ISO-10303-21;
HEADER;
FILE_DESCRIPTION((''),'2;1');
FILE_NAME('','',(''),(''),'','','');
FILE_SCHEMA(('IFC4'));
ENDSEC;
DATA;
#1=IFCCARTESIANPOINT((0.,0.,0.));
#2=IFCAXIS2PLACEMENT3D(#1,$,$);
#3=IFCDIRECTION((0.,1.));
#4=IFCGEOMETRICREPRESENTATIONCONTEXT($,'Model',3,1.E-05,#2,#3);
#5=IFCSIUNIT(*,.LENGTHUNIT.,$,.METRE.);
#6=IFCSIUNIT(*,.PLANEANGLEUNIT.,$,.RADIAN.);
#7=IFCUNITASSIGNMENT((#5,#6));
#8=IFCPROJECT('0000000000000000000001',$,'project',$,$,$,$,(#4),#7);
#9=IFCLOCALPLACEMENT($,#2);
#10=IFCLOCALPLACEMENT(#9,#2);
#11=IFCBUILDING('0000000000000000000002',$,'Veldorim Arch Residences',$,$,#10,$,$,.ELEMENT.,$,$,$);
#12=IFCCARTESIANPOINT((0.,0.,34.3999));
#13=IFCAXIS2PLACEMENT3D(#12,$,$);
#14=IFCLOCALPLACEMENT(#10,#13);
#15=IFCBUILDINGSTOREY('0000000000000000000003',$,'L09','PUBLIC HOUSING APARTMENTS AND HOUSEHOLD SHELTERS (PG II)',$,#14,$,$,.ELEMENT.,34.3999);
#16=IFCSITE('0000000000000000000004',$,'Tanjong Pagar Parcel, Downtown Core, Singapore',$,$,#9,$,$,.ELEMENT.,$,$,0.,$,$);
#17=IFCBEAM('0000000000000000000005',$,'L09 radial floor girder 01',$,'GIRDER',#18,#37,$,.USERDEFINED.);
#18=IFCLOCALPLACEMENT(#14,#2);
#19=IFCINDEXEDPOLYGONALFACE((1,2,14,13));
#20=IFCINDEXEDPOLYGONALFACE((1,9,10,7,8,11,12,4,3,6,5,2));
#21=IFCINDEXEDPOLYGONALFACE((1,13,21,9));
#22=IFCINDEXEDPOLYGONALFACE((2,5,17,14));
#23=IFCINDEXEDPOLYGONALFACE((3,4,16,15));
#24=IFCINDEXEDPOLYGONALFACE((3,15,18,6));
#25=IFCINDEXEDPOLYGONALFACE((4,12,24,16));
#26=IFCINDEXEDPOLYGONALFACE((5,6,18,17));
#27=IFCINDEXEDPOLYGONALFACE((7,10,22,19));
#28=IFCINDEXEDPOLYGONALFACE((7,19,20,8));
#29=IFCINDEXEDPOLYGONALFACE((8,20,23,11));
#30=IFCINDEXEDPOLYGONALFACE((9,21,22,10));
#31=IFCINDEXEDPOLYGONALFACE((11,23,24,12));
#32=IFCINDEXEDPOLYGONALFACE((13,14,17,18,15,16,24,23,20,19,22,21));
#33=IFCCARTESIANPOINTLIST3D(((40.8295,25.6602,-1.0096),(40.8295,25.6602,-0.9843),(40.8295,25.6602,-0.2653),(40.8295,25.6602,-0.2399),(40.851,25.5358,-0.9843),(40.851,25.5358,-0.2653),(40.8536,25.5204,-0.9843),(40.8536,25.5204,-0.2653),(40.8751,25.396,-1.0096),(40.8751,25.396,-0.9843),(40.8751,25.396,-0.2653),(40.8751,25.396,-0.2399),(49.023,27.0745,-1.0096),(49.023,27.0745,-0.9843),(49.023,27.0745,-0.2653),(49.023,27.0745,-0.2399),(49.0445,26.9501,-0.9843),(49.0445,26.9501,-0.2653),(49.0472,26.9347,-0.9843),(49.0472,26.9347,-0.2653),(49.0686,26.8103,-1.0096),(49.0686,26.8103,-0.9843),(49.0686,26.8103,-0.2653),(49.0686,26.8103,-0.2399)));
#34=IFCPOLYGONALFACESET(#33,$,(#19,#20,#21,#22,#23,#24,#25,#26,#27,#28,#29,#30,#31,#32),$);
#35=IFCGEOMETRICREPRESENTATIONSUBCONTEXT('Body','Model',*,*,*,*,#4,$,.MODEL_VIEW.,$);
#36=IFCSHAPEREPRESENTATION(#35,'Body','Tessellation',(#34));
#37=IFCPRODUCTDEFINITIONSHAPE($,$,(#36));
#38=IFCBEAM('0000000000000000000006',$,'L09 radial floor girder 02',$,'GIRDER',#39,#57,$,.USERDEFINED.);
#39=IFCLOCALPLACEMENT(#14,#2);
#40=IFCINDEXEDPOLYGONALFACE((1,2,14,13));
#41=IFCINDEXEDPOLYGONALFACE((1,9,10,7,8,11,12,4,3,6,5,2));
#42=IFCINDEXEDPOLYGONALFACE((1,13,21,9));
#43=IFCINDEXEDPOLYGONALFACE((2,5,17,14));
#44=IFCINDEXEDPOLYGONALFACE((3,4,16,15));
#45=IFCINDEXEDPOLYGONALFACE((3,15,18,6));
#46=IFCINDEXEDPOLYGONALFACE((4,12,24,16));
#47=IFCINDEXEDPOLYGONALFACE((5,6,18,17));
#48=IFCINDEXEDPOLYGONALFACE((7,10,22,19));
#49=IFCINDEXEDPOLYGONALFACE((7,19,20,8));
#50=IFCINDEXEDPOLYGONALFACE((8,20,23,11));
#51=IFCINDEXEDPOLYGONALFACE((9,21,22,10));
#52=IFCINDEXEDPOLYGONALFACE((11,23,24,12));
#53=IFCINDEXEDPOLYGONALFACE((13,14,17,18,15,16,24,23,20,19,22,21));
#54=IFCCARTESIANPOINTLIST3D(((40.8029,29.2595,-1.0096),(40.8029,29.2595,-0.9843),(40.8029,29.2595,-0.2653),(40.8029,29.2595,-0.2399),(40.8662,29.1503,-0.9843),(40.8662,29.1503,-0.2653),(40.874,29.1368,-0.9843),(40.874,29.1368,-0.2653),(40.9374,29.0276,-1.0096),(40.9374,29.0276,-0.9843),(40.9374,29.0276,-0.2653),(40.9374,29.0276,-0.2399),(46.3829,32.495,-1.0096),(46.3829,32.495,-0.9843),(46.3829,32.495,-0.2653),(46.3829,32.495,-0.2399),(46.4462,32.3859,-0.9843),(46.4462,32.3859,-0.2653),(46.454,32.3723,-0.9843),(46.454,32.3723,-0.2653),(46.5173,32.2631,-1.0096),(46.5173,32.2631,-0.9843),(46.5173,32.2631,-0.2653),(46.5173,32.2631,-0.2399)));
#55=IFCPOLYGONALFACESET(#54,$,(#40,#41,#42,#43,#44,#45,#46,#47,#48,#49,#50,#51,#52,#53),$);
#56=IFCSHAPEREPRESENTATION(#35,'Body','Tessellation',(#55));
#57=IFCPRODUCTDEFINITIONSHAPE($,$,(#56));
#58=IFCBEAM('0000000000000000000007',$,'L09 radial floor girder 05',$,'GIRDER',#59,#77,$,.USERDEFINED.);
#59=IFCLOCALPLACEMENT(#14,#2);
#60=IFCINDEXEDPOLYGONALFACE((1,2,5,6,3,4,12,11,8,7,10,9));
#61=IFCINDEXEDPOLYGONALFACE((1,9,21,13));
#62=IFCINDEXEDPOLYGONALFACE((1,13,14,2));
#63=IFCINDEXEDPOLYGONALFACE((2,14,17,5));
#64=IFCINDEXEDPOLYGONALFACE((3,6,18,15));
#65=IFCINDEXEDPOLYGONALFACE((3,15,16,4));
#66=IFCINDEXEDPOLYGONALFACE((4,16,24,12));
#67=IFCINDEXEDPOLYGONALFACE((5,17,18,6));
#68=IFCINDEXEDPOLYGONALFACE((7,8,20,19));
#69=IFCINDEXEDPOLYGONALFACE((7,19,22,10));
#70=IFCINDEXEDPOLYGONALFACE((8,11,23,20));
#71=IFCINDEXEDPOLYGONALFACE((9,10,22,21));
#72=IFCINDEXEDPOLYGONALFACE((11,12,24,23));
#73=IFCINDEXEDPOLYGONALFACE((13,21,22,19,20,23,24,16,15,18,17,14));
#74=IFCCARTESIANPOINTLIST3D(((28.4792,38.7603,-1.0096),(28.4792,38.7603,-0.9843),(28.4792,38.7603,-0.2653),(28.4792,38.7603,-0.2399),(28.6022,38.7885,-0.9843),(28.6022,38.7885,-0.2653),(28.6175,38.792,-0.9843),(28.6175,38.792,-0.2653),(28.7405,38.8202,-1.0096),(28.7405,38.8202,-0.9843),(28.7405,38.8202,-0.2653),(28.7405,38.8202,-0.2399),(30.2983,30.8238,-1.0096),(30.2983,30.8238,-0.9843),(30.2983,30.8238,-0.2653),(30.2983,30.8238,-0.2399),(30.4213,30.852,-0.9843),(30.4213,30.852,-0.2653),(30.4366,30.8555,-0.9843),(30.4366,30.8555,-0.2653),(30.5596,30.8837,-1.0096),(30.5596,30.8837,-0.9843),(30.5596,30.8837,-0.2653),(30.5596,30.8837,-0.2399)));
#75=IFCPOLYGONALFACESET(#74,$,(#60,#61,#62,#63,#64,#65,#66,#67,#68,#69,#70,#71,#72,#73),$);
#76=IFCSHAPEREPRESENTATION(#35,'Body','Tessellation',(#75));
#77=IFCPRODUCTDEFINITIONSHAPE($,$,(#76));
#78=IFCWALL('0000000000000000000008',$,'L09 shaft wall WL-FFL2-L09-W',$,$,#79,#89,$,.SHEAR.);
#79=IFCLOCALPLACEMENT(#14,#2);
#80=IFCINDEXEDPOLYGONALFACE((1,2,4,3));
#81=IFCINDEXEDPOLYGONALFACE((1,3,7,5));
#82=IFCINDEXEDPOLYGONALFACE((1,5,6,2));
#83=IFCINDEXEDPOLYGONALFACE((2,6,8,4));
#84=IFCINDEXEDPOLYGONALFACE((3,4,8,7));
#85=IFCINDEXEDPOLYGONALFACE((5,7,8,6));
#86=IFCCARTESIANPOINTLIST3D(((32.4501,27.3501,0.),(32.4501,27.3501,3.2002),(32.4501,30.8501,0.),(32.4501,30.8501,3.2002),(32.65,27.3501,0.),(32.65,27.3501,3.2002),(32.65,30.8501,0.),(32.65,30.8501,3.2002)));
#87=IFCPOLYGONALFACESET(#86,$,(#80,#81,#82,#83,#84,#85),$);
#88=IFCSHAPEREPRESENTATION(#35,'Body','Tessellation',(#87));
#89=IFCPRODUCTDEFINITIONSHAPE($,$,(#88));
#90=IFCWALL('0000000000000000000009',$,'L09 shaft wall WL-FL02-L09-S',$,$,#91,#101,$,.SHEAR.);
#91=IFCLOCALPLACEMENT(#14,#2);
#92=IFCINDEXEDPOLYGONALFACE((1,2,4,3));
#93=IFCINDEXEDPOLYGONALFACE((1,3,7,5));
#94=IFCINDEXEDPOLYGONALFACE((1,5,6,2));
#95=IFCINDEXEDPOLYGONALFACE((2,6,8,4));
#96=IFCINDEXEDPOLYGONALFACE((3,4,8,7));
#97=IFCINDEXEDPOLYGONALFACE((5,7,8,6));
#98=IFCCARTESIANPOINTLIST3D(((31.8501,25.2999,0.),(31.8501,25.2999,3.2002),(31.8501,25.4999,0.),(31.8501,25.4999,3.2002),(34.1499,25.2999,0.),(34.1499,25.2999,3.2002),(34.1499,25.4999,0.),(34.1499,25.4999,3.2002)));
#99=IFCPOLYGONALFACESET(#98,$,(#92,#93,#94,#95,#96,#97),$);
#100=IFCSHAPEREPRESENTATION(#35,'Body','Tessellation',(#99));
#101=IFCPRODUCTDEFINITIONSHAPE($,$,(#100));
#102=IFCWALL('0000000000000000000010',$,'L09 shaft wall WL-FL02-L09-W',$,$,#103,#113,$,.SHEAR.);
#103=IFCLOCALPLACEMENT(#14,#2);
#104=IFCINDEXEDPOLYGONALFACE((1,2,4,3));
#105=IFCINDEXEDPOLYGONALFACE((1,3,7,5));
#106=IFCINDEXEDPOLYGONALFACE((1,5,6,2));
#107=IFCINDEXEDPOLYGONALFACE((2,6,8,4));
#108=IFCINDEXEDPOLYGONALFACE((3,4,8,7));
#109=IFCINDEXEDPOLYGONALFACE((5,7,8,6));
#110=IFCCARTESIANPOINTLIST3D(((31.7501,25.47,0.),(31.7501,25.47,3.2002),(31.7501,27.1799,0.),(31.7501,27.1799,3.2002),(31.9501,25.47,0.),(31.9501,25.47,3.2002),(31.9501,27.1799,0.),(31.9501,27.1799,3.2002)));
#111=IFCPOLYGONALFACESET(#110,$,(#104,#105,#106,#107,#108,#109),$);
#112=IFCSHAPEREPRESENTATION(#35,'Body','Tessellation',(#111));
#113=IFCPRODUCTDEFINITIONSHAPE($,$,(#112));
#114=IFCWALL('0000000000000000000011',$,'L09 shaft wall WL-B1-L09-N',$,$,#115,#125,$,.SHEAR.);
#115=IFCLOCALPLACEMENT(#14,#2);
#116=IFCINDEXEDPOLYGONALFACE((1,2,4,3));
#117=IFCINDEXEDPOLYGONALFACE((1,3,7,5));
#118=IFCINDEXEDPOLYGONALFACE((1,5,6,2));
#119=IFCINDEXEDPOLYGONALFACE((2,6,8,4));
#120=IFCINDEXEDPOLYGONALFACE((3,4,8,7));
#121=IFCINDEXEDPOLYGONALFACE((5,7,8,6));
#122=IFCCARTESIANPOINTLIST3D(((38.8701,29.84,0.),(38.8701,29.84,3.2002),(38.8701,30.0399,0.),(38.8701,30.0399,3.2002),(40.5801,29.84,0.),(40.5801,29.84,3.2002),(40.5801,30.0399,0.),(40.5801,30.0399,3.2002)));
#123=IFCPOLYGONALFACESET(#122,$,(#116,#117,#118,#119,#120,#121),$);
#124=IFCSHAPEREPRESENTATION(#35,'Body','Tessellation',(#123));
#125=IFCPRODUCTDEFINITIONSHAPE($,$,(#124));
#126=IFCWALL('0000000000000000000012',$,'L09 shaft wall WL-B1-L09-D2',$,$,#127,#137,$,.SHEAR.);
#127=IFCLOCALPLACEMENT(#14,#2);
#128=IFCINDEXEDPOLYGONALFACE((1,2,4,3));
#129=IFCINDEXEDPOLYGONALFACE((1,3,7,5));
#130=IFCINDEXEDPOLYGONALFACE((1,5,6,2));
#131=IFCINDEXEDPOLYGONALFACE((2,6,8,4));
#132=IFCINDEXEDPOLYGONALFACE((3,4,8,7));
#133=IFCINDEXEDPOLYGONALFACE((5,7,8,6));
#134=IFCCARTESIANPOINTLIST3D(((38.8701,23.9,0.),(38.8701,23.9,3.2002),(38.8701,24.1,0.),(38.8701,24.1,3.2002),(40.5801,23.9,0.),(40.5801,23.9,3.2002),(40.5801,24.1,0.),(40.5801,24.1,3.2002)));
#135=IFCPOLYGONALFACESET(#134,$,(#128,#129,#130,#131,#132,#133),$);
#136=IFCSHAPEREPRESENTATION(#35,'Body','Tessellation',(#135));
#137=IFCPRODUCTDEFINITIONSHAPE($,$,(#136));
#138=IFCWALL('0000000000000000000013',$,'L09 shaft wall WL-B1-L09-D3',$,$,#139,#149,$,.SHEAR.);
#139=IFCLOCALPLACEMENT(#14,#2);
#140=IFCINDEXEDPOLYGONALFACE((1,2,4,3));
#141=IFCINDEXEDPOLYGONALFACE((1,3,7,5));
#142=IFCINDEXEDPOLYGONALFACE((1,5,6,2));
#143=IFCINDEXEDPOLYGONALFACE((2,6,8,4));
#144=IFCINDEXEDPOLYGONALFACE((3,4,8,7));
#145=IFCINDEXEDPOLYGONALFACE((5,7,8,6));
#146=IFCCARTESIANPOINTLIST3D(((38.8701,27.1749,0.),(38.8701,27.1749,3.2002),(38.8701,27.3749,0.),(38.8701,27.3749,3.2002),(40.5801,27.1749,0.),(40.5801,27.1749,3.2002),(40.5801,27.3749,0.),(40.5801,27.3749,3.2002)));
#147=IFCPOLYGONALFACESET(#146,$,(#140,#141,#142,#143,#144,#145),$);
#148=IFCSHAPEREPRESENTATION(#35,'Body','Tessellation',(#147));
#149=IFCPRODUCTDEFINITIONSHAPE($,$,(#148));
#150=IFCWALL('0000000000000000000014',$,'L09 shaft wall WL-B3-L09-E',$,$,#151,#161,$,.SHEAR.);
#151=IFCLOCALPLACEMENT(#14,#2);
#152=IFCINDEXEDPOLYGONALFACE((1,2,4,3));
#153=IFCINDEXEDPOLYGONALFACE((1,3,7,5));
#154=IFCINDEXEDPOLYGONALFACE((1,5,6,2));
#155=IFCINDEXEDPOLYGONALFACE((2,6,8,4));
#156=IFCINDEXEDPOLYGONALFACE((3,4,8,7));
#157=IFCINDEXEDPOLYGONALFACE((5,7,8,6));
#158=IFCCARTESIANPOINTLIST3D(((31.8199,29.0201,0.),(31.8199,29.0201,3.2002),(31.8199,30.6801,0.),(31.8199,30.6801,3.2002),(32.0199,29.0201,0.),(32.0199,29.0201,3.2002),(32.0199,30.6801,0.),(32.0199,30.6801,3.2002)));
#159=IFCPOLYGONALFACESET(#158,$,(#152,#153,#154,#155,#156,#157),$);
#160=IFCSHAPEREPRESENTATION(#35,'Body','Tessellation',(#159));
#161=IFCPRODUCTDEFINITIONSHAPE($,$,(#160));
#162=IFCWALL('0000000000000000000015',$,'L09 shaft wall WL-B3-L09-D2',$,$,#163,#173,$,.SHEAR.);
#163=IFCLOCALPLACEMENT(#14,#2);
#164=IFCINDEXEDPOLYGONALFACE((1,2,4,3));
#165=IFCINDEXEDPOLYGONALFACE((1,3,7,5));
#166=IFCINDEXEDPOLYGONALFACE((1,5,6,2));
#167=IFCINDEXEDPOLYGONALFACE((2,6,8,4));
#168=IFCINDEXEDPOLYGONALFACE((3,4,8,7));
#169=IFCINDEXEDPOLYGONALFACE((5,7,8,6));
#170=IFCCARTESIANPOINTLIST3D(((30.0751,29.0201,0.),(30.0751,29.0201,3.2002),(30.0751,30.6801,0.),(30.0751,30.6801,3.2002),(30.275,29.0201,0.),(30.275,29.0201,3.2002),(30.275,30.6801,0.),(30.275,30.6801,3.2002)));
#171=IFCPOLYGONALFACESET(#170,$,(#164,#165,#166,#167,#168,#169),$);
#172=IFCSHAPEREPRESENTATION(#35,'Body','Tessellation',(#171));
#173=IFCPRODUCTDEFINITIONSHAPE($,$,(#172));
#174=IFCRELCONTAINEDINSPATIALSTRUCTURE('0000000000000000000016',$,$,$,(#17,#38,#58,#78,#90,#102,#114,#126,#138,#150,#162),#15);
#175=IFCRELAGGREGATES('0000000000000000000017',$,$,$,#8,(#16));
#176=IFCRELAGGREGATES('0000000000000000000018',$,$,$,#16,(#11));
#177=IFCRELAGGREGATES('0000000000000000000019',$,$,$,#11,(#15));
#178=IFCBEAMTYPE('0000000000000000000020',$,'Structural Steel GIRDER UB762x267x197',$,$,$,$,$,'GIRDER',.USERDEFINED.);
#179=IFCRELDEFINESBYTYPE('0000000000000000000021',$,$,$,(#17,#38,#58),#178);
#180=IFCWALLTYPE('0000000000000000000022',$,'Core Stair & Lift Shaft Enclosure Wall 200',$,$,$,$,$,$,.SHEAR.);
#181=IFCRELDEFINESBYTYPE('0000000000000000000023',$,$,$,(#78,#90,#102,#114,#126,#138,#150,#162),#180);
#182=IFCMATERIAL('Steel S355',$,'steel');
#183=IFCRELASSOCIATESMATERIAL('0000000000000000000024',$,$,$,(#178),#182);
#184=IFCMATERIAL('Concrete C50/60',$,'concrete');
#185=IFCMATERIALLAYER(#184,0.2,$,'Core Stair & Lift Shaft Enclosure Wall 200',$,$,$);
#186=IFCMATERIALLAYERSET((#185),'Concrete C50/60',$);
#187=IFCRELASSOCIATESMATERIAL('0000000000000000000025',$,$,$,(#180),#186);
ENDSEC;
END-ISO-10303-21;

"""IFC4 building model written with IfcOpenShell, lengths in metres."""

from ifc_helpers import new_model, si_unit, direction, frame, frame_2d, origin, origin_2d, place, context, subcontext, project, spatial, rectangle, i_section, extrude, material, layer, layer_set, material_profile, profile_set, type_object, element, save


model = new_model("IFC4")

# Units and contexts
model_context = context("Model", 3, precision=1e-05, world=origin(), true_north=direction((0.0, 1.0)))
body_context = subcontext(model_context, "Body", "Model", "MODEL_VIEW")
ifc_project = project(units=[si_unit("LENGTHUNIT", "METRE"), si_unit("PLANEANGLEUNIT", "RADIAN")], contexts=[model_context])

# Site, building, storey
site_placement = place(None, origin())
site = spatial("IfcSite", under=ifc_project, at=site_placement, Name="Tanjong Pagar Parcel, Downtown Core, Singapore", CompositionType="ELEMENT", RefElevation=0.0)
building_placement = place(site_placement, origin())
building = spatial("IfcBuilding", under=site, at=building_placement, Name="Veldorim Arch Residences", CompositionType="ELEMENT")
storey_placement = place(building_placement, frame((0.0, 0.0, 34.3999)))
storey = spatial("IfcBuildingStorey", under=building, at=storey_placement, Name="L09", Description="PUBLIC HOUSING APARTMENTS AND HOUSEHOLD SHELTERS (PG II)", CompositionType="ELEMENT", Elevation=34.3999)

# Beams
ifc_material_1 = material(Name="Steel S355", Category="steel")
ifc_material_profile = material_profile(ifc_material_1, i_section(OverallWidth=0.2681, OverallDepth=0.7698, WebThickness=0.0156, FlangeThickness=0.0254, at=origin_2d()), Name="UB762x267x197")
ifc_profile_set = profile_set([ifc_material_profile], Name="Steel S355")
beam_type = type_object("IfcBeamType", Name="Structural Steel GIRDER UB762x267x197", ElementType="GIRDER", PredefinedType="USERDEFINED", material=ifc_profile_set)
beam_1_placement = place(storey_placement, frame((40.8523, 25.5281, -0.6248), z_axis=(0.985428, 0.170096, 0.0), x_axis=(-0.170096, 0.985428, 0.0)))
element("IfcBeam", 1, at=beam_1_placement, inside=storey, type_object=beam_type, Name="L09 radial floor girder 01", ObjectType="GIRDER", PredefinedType="USERDEFINED", context=body_context, shape_type="SweptSolid", body=[
    extrude(i_section(OverallWidth=0.2681, OverallDepth=0.7698, WebThickness=0.0156, FlangeThickness=0.0254, at=origin_2d()), origin(), (0.0, 0.0, 1.0), 8.3147),
])
beam_2_placement = place(storey_placement, frame((40.8701, 29.1436, -0.6248), z_axis=(0.865088, 0.50162, 0.0), x_axis=(-0.50162, 0.865088, 0.0)))
element("IfcBeam", 2, at=beam_2_placement, inside=storey, type_object=beam_type, Name="L09 radial floor girder 02", ObjectType="GIRDER", PredefinedType="USERDEFINED", context=body_context, shape_type="SweptSolid", body=[
    extrude(i_section(OverallWidth=0.2681, OverallDepth=0.7698, WebThickness=0.0156, FlangeThickness=0.0254, at=origin_2d()), origin(), (0.0, 0.0, 1.0), 6.4502),
])
beam_3_placement = place(storey_placement, frame((30.429, 30.8538, -0.6248), z_axis=(-0.223412, 0.974724, 0.0), x_axis=(-0.974724, -0.223412, 0.0)))
element("IfcBeam", 3, at=beam_3_placement, inside=storey, type_object=beam_type, Name="L09 radial floor girder 05", ObjectType="GIRDER", PredefinedType="USERDEFINED", context=body_context, shape_type="SweptSolid", body=[
    extrude(i_section(OverallWidth=0.2681, OverallDepth=0.7698, WebThickness=0.0156, FlangeThickness=0.0254, at=origin_2d()), origin(), (0.0, 0.0, 1.0), 8.1423),
])

# Shared definitions
ifc_material_2 = material(Name="Concrete C50/60", Category="concrete")
ifc_layer_1 = layer(ifc_material_2, 0.2, Name="Core Stair & Lift Shaft Enclosure Wall 200")
ifc_layer_set_1 = layer_set([ifc_layer_1], Name="Concrete C50/60")
wall_type_1 = type_object("IfcWallType", Name="Core Stair & Lift Shaft Enclosure Wall 200", PredefinedType="SHEAR", material=ifc_layer_set_1)

# Wall
wall_1_placement = place(storey_placement, frame((32.55, 27.3501, 0.0), z_axis=(0.0, 0.0, 1.0), x_axis=(0.0, 1.0, 0.0)))
element("IfcWall", 4, at=wall_1_placement, inside=storey, type_object=wall_type_1, Name="L09 shaft wall WL-FFL2-L09-W", PredefinedType="SHEAR", context=body_context, shape_type="SweptSolid", body=[
    extrude(rectangle(XDim=3.5, YDim=0.2, at=frame_2d((1.75, 0.0))), origin(), (0.0, 0.0, 1.0), 3.2002),
])

# Walls
wall_2_placement = place(storey_placement, frame((31.8501, 25.3999, 0.0), z_axis=(0.0, 0.0, 1.0), x_axis=(1.0, 0.0, 0.0)))
element("IfcWall", 5, at=wall_2_placement, inside=storey, type_object=wall_type_1, Name="L09 shaft wall WL-FL02-L09-S", PredefinedType="SHEAR", context=body_context, shape_type="SweptSolid", body=[
    extrude(rectangle(XDim=2.2998, YDim=0.2, at=frame_2d((1.1499, 0.0))), origin(), (0.0, 0.0, 1.0), 3.2002),
])
for number, where, z_axis, x_axis, name in (
    (6, (31.8501, 25.47, 0.0), (0.0, 0.0, 1.0), (0.0, 1.0, 0.0), "L09 shaft wall WL-FL02-L09-W"),
    (7, (38.8701, 29.9399, 0.0), (0.0, 0.0, 1.0), (1.0, 0.0, 0.0), "L09 shaft wall WL-B1-L09-N"),
    (8, (38.8701, 24.0, 0.0), (0.0, 0.0, 1.0), (1.0, 0.0, 0.0), "L09 shaft wall WL-B1-L09-D2"),
    (9, (38.8701, 27.2749, 0.0), (0.0, 0.0, 1.0), (1.0, 0.0, 0.0), "L09 shaft wall WL-B1-L09-D3"),
):
    element("IfcWall", number, at=place(storey_placement, frame(where, z_axis=z_axis, x_axis=x_axis)), inside=storey, type_object=wall_type_1, Name=name, PredefinedType="SHEAR", context=body_context, shape_type="SweptSolid", body=[
        extrude(rectangle(XDim=1.71, YDim=0.2, at=frame_2d((0.855, 0.0))), origin(), (0.0, 0.0, 1.0), 3.2002),
    ])
for number, where, z_axis, x_axis, name in (
    (10, (31.9199, 29.02, 0.0), (0.0, 0.0, 1.0), (0.0, 1.0, 0.0), "L09 shaft wall WL-B3-L09-E"),
    (11, (30.175, 29.02, 0.0), (0.0, 0.0, 1.0), (0.0, 1.0, 0.0), "L09 shaft wall WL-B3-L09-D2"),
):
    element("IfcWall", number, at=place(storey_placement, frame(where, z_axis=z_axis, x_axis=x_axis)), inside=storey, type_object=wall_type_1, Name=name, PredefinedType="SHEAR", context=body_context, shape_type="SweptSolid", body=[
        extrude(rectangle(XDim=1.6599, YDim=0.2, at=frame_2d((0.8301, 0.0))), origin(), (0.0, 0.0, 1.0), 3.2002),
    ])

save(model, "model.ifc")
